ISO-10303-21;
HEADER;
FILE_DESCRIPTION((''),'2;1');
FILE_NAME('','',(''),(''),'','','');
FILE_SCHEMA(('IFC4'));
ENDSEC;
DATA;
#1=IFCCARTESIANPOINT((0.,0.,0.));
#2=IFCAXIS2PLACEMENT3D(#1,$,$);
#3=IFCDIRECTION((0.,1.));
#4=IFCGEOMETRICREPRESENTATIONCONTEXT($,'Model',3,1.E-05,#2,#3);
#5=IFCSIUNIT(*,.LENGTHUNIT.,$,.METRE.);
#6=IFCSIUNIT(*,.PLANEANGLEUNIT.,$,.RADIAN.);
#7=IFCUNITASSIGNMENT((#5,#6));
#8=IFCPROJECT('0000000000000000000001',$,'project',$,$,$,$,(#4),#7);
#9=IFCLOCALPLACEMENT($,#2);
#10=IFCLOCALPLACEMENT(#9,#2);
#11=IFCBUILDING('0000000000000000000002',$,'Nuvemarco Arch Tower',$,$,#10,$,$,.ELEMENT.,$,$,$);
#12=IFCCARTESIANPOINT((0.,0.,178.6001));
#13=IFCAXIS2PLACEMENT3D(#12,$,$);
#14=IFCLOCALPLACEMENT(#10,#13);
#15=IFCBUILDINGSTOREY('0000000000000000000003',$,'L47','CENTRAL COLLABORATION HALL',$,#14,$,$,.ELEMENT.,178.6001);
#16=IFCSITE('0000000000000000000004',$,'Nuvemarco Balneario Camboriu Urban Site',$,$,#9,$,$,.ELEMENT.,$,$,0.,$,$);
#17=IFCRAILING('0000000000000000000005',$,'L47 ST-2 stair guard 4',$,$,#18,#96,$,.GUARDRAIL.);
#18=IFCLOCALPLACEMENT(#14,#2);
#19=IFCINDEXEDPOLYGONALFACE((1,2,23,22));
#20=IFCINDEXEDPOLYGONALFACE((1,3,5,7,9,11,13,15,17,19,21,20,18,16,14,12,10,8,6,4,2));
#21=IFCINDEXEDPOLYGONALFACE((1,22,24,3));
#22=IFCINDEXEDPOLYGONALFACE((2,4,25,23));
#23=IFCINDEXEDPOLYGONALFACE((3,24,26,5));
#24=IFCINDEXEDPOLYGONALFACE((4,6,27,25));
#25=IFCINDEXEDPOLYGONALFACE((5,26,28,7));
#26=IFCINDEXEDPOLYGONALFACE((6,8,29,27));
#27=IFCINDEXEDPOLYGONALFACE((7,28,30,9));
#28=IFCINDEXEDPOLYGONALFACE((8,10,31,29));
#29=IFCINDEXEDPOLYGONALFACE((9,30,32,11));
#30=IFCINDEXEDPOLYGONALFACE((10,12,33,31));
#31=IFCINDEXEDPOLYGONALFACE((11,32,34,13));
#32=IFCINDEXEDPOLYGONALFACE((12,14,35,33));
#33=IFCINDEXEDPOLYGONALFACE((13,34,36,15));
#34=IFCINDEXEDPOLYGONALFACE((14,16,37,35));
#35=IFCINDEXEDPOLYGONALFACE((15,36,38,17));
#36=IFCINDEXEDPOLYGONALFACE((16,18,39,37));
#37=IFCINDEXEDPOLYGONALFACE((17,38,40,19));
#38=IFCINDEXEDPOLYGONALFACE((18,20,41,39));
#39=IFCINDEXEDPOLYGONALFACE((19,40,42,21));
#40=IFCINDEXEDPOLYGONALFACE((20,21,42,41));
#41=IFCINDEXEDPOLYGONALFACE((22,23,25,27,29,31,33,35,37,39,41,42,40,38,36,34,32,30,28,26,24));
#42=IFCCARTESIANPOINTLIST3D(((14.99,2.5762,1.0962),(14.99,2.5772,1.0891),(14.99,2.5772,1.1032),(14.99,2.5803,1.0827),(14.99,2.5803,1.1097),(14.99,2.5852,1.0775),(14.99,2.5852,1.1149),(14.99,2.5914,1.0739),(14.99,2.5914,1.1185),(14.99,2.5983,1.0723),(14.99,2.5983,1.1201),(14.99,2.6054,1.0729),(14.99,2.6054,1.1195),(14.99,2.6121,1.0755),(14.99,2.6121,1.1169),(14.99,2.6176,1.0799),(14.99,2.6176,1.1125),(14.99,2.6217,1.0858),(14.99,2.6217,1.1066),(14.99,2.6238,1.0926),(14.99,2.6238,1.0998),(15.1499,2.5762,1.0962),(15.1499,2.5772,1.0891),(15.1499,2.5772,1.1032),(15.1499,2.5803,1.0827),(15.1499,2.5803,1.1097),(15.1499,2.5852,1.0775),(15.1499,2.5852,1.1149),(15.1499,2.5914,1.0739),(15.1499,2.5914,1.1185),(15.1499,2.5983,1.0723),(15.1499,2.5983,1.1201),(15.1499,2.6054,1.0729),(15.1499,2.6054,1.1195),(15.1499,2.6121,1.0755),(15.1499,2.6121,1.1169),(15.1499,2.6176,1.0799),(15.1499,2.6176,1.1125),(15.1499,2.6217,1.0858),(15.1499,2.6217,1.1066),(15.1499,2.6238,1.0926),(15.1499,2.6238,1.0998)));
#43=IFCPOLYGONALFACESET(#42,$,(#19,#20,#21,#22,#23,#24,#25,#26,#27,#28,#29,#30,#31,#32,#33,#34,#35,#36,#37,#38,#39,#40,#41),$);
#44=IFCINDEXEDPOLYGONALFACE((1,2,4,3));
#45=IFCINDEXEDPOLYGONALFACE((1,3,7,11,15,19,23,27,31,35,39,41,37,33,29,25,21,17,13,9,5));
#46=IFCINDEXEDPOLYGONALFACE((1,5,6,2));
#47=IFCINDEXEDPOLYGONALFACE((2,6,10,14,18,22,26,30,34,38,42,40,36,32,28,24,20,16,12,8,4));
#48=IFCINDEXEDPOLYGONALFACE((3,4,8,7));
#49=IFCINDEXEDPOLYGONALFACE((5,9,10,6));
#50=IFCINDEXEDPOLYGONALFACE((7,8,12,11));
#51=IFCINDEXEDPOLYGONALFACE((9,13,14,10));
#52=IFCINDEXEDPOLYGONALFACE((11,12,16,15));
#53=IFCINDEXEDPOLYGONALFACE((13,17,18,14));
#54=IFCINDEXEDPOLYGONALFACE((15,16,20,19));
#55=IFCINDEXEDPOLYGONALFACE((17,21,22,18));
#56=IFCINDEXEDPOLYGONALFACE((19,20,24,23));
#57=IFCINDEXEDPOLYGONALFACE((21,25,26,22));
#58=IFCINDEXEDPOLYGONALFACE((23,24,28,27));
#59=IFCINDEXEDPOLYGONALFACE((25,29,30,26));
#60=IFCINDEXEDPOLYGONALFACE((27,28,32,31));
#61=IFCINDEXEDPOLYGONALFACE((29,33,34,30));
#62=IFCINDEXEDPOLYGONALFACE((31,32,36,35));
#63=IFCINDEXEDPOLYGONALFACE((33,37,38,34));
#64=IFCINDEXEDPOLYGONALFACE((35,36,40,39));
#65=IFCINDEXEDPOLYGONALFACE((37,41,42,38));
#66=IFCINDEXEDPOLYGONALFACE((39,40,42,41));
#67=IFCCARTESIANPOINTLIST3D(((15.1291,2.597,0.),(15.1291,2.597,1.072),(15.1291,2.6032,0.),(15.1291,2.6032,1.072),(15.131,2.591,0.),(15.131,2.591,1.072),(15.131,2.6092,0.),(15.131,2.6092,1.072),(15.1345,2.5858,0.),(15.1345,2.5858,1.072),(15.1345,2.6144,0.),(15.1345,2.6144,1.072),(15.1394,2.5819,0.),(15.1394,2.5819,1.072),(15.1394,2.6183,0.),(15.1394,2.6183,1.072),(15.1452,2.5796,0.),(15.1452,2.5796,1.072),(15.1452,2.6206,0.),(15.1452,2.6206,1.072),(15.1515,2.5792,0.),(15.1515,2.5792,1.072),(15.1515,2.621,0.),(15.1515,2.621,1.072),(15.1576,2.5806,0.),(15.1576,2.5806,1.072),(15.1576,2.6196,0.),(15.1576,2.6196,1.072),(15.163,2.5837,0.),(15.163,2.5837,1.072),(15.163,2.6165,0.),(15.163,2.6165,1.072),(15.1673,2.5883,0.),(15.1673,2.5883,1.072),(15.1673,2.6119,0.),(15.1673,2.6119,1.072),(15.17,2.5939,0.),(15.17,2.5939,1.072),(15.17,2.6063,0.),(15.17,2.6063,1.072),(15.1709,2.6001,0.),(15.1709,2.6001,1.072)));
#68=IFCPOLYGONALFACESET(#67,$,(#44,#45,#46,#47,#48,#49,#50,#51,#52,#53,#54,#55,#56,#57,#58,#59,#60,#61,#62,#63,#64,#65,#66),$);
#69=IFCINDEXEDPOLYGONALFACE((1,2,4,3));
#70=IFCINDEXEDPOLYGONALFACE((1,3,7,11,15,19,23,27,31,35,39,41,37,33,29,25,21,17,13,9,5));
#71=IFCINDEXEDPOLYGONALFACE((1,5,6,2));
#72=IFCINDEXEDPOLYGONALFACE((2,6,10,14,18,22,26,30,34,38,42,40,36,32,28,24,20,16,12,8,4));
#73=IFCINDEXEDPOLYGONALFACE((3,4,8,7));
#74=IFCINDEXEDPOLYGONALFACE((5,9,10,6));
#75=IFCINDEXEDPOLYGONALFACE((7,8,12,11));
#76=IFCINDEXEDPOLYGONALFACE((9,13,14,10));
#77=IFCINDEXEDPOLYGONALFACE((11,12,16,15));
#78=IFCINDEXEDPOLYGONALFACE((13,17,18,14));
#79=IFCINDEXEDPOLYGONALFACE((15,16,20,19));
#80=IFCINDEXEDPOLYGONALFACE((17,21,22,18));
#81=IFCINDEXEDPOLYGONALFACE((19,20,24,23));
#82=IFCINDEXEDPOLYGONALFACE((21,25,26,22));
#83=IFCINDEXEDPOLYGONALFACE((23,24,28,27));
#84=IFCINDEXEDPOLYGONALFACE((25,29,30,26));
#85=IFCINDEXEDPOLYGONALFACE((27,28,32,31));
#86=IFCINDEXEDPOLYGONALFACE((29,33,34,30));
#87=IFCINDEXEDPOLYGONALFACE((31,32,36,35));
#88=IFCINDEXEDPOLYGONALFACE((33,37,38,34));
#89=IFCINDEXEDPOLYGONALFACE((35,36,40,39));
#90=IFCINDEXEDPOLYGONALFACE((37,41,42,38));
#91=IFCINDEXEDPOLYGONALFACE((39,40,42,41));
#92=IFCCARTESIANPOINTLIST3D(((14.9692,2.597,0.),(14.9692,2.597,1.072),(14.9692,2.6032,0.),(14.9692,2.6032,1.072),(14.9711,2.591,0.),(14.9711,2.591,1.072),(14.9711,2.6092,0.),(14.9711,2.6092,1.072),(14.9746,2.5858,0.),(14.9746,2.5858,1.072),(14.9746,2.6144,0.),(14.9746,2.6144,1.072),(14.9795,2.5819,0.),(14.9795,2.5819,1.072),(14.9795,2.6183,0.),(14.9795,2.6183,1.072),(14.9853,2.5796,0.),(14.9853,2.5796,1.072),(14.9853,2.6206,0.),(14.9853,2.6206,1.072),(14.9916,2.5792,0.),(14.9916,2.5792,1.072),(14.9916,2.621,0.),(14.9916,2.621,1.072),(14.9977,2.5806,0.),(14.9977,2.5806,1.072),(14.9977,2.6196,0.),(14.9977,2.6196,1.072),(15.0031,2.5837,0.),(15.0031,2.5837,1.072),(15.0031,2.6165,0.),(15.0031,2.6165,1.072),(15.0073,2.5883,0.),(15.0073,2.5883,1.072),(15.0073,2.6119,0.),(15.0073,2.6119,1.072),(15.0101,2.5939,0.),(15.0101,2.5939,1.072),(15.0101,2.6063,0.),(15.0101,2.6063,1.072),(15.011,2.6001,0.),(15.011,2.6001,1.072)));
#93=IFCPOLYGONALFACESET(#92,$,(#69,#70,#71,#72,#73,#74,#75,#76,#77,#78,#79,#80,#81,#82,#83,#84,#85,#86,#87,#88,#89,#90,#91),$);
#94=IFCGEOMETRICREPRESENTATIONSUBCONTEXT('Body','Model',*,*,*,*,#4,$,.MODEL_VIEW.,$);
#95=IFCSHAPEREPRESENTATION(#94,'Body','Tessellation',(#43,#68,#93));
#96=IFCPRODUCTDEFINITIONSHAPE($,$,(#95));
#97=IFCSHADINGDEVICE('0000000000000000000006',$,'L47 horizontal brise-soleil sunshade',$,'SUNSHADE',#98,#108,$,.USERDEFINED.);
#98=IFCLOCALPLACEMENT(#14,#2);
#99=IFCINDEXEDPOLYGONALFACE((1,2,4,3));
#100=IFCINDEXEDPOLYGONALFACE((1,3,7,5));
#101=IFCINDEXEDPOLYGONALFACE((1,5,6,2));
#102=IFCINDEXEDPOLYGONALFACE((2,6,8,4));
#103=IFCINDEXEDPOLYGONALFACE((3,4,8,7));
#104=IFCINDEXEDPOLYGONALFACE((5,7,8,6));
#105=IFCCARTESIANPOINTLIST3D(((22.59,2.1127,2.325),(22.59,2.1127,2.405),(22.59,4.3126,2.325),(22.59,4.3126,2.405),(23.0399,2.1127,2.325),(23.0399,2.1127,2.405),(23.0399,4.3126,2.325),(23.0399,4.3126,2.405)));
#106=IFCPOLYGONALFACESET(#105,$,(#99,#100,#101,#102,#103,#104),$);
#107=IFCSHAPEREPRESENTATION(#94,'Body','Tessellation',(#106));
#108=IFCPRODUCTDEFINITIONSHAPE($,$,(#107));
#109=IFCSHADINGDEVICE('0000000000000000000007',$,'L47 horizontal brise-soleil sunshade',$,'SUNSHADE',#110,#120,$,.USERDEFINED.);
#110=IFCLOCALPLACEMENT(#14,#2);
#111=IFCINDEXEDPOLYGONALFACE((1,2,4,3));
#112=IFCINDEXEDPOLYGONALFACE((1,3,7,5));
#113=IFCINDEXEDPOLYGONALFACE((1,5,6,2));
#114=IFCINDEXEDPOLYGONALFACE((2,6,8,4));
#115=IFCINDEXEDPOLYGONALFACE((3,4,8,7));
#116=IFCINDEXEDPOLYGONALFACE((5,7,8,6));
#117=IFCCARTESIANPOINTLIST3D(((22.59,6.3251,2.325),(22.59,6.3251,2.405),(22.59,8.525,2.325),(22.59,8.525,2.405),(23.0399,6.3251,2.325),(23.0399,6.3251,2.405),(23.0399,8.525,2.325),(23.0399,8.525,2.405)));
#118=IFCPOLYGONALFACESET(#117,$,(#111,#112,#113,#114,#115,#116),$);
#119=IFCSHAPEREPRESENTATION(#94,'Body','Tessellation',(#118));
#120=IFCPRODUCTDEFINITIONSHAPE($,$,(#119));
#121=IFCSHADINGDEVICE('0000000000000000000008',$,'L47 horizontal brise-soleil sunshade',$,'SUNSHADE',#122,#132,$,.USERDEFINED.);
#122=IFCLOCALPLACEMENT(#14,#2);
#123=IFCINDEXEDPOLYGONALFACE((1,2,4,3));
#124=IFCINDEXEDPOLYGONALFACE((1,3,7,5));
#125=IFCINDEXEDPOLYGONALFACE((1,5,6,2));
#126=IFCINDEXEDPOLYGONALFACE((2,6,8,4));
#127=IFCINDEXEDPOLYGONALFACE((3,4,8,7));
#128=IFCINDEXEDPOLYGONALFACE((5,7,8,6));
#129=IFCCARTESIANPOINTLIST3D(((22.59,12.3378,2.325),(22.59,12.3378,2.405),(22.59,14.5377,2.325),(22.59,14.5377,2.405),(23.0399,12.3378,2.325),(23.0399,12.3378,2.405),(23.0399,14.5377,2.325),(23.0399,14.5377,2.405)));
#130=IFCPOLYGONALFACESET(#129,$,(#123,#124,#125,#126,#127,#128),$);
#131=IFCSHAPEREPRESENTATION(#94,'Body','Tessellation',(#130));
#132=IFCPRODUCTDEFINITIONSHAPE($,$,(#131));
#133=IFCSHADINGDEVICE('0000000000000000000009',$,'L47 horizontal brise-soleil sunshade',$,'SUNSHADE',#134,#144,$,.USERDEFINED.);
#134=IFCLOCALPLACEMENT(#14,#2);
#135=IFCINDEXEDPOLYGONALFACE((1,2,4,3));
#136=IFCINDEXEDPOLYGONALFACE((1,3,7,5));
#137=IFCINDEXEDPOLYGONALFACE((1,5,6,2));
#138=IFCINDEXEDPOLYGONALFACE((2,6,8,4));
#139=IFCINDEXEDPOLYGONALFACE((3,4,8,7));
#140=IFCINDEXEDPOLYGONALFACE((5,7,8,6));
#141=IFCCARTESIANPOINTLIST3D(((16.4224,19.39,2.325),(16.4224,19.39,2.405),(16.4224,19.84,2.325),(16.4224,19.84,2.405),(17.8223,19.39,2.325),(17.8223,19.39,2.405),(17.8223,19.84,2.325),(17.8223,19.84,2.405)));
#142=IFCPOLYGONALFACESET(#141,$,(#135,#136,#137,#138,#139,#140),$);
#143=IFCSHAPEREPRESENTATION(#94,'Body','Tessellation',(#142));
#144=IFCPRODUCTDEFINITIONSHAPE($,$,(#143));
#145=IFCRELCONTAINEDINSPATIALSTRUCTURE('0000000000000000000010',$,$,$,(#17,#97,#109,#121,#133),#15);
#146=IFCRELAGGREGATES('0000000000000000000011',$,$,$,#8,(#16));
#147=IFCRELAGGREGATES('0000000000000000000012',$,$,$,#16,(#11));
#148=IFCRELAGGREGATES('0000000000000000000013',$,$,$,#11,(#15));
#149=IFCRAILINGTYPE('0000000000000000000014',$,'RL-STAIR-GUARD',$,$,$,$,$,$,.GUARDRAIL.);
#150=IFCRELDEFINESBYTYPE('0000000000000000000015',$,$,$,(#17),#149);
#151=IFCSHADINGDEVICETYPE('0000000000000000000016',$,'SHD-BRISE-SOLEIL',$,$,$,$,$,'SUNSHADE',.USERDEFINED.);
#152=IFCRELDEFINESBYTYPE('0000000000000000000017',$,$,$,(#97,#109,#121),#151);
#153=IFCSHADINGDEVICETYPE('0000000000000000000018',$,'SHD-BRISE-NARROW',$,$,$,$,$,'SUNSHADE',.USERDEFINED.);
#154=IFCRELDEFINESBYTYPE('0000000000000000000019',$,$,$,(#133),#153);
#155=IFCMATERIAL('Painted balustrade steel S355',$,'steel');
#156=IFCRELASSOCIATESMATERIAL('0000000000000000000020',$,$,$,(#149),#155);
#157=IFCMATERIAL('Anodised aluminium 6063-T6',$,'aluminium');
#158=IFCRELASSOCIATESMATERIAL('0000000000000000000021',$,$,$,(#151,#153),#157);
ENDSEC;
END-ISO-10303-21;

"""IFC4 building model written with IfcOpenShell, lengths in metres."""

from ifc_helpers import new_model, si_unit, direction, frame, origin, origin_2d, place, context, subcontext, project, spatial, rectangle, circle, extrude, source, transform, mapped, material, type_object, type_shapes, element, save


model = new_model("IFC4")

# Units and contexts
model_context = context("Model", 3, precision=1e-05, world=origin(), true_north=direction((0.0, 1.0)))
body_context = subcontext(model_context, "Body", "Model", "MODEL_VIEW")
ifc_project = project(units=[si_unit("LENGTHUNIT", "METRE"), si_unit("PLANEANGLEUNIT", "RADIAN")], contexts=[model_context])

# Site, building, storey
site_placement = place(None, origin())
site = spatial("IfcSite", under=ifc_project, at=site_placement, Name="Nuvemarco Balneario Camboriu Urban Site", CompositionType="ELEMENT", RefElevation=0.0)
building_placement = place(site_placement, origin())
building = spatial("IfcBuilding", under=site, at=building_placement, Name="Nuvemarco Arch Tower", CompositionType="ELEMENT")
storey_placement = place(building_placement, frame((0.0, 0.0, 178.6001)))
storey = spatial("IfcBuildingStorey", under=building, at=storey_placement, Name="L47", Description="CENTRAL COLLABORATION HALL", CompositionType="ELEMENT", Elevation=178.6001)

# Railing
ifc_material_1 = material(Name="Painted balustrade steel S355", Category="steel")
railing_type_1 = type_object("IfcRailingType", Name="RL-STAIR-GUARD", PredefinedType="GUARDRAIL", material=ifc_material_1)
railing_1_placement = place(storey_placement, frame((15.1499, 2.6001, 0.0)))
element("IfcRailing", 1, at=railing_1_placement, inside=storey, type_object=railing_type_1, Name="L47 ST-2 stair guard 4", PredefinedType="GUARDRAIL", context=body_context, shape_type="SweptSolid", body=[
    extrude(circle(Radius=0.0239, at=origin_2d()), frame((0.0, 0.0, 1.0962), z_axis=(-1.0, 0.0, 0.0), x_axis=(0.0, -1.0, 0.0)), (0.0, 0.0, 1.0), 0.1599),
    extrude(circle(Radius=0.021, at=origin_2d()), origin(), (0.0, 0.0, 1.0), 1.072),
    extrude(circle(Radius=0.021, at=origin_2d()), frame((-0.1599, 0.0, 0.0)), (0.0, 0.0, 1.0), 1.072),
])

# Shading devices
ifc_material_2 = material(Name="Anodised aluminium 6063-T6", Category="aluminium")
shading_device_type_1 = type_object("IfcShadingDeviceType", Name="SHD-BRISE-SOLEIL", ElementType="SUNSHADE", PredefinedType="USERDEFINED", material=ifc_material_2)
shared_shape_1 = source(origin(), body_context, "Body", "SweptSolid", [
    extrude(rectangle(XDim=2.2, YDim=0.45, at=origin_2d()), origin(), (0.0, 0.0, 1.0), 0.0801),
])
type_shapes(shading_device_type_1, [shared_shape_1])
for number, where, z_axis, x_axis, name in (
    (2, (22.8149, 3.2126, 2.325), (0.0, 0.0, 1.0), (0.0, 1.0, 0.0), "L47 horizontal brise-soleil sunshade"),
    (3, (22.8149, 7.425, 2.325), (0.0, 0.0, 1.0), (0.0, 1.0, 0.0), "L47 horizontal brise-soleil sunshade"),
    (4, (22.8149, 13.4377, 2.325), (0.0, 0.0, 1.0), (0.0, 1.0, 0.0), "L47 horizontal brise-soleil sunshade"),
):
    element("IfcShadingDevice", number, at=place(storey_placement, frame(where, z_axis=z_axis, x_axis=x_axis)), inside=storey, type_object=shading_device_type_1, Name=name, ObjectType="SUNSHADE", PredefinedType="USERDEFINED", context=body_context, shape_type="MappedRepresentation", body=[
        mapped(shared_shape_1, transform((0.0, 0.0, 0.0), scale=1.0)),
    ])
shading_device_type_2 = type_object("IfcShadingDeviceType", Name="SHD-BRISE-NARROW", ElementType="SUNSHADE", PredefinedType="USERDEFINED", material=ifc_material_2)
shared_shape_2 = source(origin(), body_context, "Body", "SweptSolid", [
    extrude(rectangle(XDim=1.3999, YDim=0.45, at=origin_2d()), origin(), (0.0, 0.0, 1.0), 0.0801),
])
type_shapes(shading_device_type_2, [shared_shape_2])
shading_device_placement = place(storey_placement, frame((17.1223, 19.615, 2.325), z_axis=(0.0, 0.0, 1.0), x_axis=(1.0, 0.0, 0.0)))
element("IfcShadingDevice", 5, at=shading_device_placement, inside=storey, type_object=shading_device_type_2, Name="L47 horizontal brise-soleil sunshade", ObjectType="SUNSHADE", PredefinedType="USERDEFINED", context=body_context, shape_type="MappedRepresentation", body=[
    mapped(shared_shape_2, transform((0.0, 0.0, 0.0), scale=1.0)),
])

save(model, "model.ifc")
